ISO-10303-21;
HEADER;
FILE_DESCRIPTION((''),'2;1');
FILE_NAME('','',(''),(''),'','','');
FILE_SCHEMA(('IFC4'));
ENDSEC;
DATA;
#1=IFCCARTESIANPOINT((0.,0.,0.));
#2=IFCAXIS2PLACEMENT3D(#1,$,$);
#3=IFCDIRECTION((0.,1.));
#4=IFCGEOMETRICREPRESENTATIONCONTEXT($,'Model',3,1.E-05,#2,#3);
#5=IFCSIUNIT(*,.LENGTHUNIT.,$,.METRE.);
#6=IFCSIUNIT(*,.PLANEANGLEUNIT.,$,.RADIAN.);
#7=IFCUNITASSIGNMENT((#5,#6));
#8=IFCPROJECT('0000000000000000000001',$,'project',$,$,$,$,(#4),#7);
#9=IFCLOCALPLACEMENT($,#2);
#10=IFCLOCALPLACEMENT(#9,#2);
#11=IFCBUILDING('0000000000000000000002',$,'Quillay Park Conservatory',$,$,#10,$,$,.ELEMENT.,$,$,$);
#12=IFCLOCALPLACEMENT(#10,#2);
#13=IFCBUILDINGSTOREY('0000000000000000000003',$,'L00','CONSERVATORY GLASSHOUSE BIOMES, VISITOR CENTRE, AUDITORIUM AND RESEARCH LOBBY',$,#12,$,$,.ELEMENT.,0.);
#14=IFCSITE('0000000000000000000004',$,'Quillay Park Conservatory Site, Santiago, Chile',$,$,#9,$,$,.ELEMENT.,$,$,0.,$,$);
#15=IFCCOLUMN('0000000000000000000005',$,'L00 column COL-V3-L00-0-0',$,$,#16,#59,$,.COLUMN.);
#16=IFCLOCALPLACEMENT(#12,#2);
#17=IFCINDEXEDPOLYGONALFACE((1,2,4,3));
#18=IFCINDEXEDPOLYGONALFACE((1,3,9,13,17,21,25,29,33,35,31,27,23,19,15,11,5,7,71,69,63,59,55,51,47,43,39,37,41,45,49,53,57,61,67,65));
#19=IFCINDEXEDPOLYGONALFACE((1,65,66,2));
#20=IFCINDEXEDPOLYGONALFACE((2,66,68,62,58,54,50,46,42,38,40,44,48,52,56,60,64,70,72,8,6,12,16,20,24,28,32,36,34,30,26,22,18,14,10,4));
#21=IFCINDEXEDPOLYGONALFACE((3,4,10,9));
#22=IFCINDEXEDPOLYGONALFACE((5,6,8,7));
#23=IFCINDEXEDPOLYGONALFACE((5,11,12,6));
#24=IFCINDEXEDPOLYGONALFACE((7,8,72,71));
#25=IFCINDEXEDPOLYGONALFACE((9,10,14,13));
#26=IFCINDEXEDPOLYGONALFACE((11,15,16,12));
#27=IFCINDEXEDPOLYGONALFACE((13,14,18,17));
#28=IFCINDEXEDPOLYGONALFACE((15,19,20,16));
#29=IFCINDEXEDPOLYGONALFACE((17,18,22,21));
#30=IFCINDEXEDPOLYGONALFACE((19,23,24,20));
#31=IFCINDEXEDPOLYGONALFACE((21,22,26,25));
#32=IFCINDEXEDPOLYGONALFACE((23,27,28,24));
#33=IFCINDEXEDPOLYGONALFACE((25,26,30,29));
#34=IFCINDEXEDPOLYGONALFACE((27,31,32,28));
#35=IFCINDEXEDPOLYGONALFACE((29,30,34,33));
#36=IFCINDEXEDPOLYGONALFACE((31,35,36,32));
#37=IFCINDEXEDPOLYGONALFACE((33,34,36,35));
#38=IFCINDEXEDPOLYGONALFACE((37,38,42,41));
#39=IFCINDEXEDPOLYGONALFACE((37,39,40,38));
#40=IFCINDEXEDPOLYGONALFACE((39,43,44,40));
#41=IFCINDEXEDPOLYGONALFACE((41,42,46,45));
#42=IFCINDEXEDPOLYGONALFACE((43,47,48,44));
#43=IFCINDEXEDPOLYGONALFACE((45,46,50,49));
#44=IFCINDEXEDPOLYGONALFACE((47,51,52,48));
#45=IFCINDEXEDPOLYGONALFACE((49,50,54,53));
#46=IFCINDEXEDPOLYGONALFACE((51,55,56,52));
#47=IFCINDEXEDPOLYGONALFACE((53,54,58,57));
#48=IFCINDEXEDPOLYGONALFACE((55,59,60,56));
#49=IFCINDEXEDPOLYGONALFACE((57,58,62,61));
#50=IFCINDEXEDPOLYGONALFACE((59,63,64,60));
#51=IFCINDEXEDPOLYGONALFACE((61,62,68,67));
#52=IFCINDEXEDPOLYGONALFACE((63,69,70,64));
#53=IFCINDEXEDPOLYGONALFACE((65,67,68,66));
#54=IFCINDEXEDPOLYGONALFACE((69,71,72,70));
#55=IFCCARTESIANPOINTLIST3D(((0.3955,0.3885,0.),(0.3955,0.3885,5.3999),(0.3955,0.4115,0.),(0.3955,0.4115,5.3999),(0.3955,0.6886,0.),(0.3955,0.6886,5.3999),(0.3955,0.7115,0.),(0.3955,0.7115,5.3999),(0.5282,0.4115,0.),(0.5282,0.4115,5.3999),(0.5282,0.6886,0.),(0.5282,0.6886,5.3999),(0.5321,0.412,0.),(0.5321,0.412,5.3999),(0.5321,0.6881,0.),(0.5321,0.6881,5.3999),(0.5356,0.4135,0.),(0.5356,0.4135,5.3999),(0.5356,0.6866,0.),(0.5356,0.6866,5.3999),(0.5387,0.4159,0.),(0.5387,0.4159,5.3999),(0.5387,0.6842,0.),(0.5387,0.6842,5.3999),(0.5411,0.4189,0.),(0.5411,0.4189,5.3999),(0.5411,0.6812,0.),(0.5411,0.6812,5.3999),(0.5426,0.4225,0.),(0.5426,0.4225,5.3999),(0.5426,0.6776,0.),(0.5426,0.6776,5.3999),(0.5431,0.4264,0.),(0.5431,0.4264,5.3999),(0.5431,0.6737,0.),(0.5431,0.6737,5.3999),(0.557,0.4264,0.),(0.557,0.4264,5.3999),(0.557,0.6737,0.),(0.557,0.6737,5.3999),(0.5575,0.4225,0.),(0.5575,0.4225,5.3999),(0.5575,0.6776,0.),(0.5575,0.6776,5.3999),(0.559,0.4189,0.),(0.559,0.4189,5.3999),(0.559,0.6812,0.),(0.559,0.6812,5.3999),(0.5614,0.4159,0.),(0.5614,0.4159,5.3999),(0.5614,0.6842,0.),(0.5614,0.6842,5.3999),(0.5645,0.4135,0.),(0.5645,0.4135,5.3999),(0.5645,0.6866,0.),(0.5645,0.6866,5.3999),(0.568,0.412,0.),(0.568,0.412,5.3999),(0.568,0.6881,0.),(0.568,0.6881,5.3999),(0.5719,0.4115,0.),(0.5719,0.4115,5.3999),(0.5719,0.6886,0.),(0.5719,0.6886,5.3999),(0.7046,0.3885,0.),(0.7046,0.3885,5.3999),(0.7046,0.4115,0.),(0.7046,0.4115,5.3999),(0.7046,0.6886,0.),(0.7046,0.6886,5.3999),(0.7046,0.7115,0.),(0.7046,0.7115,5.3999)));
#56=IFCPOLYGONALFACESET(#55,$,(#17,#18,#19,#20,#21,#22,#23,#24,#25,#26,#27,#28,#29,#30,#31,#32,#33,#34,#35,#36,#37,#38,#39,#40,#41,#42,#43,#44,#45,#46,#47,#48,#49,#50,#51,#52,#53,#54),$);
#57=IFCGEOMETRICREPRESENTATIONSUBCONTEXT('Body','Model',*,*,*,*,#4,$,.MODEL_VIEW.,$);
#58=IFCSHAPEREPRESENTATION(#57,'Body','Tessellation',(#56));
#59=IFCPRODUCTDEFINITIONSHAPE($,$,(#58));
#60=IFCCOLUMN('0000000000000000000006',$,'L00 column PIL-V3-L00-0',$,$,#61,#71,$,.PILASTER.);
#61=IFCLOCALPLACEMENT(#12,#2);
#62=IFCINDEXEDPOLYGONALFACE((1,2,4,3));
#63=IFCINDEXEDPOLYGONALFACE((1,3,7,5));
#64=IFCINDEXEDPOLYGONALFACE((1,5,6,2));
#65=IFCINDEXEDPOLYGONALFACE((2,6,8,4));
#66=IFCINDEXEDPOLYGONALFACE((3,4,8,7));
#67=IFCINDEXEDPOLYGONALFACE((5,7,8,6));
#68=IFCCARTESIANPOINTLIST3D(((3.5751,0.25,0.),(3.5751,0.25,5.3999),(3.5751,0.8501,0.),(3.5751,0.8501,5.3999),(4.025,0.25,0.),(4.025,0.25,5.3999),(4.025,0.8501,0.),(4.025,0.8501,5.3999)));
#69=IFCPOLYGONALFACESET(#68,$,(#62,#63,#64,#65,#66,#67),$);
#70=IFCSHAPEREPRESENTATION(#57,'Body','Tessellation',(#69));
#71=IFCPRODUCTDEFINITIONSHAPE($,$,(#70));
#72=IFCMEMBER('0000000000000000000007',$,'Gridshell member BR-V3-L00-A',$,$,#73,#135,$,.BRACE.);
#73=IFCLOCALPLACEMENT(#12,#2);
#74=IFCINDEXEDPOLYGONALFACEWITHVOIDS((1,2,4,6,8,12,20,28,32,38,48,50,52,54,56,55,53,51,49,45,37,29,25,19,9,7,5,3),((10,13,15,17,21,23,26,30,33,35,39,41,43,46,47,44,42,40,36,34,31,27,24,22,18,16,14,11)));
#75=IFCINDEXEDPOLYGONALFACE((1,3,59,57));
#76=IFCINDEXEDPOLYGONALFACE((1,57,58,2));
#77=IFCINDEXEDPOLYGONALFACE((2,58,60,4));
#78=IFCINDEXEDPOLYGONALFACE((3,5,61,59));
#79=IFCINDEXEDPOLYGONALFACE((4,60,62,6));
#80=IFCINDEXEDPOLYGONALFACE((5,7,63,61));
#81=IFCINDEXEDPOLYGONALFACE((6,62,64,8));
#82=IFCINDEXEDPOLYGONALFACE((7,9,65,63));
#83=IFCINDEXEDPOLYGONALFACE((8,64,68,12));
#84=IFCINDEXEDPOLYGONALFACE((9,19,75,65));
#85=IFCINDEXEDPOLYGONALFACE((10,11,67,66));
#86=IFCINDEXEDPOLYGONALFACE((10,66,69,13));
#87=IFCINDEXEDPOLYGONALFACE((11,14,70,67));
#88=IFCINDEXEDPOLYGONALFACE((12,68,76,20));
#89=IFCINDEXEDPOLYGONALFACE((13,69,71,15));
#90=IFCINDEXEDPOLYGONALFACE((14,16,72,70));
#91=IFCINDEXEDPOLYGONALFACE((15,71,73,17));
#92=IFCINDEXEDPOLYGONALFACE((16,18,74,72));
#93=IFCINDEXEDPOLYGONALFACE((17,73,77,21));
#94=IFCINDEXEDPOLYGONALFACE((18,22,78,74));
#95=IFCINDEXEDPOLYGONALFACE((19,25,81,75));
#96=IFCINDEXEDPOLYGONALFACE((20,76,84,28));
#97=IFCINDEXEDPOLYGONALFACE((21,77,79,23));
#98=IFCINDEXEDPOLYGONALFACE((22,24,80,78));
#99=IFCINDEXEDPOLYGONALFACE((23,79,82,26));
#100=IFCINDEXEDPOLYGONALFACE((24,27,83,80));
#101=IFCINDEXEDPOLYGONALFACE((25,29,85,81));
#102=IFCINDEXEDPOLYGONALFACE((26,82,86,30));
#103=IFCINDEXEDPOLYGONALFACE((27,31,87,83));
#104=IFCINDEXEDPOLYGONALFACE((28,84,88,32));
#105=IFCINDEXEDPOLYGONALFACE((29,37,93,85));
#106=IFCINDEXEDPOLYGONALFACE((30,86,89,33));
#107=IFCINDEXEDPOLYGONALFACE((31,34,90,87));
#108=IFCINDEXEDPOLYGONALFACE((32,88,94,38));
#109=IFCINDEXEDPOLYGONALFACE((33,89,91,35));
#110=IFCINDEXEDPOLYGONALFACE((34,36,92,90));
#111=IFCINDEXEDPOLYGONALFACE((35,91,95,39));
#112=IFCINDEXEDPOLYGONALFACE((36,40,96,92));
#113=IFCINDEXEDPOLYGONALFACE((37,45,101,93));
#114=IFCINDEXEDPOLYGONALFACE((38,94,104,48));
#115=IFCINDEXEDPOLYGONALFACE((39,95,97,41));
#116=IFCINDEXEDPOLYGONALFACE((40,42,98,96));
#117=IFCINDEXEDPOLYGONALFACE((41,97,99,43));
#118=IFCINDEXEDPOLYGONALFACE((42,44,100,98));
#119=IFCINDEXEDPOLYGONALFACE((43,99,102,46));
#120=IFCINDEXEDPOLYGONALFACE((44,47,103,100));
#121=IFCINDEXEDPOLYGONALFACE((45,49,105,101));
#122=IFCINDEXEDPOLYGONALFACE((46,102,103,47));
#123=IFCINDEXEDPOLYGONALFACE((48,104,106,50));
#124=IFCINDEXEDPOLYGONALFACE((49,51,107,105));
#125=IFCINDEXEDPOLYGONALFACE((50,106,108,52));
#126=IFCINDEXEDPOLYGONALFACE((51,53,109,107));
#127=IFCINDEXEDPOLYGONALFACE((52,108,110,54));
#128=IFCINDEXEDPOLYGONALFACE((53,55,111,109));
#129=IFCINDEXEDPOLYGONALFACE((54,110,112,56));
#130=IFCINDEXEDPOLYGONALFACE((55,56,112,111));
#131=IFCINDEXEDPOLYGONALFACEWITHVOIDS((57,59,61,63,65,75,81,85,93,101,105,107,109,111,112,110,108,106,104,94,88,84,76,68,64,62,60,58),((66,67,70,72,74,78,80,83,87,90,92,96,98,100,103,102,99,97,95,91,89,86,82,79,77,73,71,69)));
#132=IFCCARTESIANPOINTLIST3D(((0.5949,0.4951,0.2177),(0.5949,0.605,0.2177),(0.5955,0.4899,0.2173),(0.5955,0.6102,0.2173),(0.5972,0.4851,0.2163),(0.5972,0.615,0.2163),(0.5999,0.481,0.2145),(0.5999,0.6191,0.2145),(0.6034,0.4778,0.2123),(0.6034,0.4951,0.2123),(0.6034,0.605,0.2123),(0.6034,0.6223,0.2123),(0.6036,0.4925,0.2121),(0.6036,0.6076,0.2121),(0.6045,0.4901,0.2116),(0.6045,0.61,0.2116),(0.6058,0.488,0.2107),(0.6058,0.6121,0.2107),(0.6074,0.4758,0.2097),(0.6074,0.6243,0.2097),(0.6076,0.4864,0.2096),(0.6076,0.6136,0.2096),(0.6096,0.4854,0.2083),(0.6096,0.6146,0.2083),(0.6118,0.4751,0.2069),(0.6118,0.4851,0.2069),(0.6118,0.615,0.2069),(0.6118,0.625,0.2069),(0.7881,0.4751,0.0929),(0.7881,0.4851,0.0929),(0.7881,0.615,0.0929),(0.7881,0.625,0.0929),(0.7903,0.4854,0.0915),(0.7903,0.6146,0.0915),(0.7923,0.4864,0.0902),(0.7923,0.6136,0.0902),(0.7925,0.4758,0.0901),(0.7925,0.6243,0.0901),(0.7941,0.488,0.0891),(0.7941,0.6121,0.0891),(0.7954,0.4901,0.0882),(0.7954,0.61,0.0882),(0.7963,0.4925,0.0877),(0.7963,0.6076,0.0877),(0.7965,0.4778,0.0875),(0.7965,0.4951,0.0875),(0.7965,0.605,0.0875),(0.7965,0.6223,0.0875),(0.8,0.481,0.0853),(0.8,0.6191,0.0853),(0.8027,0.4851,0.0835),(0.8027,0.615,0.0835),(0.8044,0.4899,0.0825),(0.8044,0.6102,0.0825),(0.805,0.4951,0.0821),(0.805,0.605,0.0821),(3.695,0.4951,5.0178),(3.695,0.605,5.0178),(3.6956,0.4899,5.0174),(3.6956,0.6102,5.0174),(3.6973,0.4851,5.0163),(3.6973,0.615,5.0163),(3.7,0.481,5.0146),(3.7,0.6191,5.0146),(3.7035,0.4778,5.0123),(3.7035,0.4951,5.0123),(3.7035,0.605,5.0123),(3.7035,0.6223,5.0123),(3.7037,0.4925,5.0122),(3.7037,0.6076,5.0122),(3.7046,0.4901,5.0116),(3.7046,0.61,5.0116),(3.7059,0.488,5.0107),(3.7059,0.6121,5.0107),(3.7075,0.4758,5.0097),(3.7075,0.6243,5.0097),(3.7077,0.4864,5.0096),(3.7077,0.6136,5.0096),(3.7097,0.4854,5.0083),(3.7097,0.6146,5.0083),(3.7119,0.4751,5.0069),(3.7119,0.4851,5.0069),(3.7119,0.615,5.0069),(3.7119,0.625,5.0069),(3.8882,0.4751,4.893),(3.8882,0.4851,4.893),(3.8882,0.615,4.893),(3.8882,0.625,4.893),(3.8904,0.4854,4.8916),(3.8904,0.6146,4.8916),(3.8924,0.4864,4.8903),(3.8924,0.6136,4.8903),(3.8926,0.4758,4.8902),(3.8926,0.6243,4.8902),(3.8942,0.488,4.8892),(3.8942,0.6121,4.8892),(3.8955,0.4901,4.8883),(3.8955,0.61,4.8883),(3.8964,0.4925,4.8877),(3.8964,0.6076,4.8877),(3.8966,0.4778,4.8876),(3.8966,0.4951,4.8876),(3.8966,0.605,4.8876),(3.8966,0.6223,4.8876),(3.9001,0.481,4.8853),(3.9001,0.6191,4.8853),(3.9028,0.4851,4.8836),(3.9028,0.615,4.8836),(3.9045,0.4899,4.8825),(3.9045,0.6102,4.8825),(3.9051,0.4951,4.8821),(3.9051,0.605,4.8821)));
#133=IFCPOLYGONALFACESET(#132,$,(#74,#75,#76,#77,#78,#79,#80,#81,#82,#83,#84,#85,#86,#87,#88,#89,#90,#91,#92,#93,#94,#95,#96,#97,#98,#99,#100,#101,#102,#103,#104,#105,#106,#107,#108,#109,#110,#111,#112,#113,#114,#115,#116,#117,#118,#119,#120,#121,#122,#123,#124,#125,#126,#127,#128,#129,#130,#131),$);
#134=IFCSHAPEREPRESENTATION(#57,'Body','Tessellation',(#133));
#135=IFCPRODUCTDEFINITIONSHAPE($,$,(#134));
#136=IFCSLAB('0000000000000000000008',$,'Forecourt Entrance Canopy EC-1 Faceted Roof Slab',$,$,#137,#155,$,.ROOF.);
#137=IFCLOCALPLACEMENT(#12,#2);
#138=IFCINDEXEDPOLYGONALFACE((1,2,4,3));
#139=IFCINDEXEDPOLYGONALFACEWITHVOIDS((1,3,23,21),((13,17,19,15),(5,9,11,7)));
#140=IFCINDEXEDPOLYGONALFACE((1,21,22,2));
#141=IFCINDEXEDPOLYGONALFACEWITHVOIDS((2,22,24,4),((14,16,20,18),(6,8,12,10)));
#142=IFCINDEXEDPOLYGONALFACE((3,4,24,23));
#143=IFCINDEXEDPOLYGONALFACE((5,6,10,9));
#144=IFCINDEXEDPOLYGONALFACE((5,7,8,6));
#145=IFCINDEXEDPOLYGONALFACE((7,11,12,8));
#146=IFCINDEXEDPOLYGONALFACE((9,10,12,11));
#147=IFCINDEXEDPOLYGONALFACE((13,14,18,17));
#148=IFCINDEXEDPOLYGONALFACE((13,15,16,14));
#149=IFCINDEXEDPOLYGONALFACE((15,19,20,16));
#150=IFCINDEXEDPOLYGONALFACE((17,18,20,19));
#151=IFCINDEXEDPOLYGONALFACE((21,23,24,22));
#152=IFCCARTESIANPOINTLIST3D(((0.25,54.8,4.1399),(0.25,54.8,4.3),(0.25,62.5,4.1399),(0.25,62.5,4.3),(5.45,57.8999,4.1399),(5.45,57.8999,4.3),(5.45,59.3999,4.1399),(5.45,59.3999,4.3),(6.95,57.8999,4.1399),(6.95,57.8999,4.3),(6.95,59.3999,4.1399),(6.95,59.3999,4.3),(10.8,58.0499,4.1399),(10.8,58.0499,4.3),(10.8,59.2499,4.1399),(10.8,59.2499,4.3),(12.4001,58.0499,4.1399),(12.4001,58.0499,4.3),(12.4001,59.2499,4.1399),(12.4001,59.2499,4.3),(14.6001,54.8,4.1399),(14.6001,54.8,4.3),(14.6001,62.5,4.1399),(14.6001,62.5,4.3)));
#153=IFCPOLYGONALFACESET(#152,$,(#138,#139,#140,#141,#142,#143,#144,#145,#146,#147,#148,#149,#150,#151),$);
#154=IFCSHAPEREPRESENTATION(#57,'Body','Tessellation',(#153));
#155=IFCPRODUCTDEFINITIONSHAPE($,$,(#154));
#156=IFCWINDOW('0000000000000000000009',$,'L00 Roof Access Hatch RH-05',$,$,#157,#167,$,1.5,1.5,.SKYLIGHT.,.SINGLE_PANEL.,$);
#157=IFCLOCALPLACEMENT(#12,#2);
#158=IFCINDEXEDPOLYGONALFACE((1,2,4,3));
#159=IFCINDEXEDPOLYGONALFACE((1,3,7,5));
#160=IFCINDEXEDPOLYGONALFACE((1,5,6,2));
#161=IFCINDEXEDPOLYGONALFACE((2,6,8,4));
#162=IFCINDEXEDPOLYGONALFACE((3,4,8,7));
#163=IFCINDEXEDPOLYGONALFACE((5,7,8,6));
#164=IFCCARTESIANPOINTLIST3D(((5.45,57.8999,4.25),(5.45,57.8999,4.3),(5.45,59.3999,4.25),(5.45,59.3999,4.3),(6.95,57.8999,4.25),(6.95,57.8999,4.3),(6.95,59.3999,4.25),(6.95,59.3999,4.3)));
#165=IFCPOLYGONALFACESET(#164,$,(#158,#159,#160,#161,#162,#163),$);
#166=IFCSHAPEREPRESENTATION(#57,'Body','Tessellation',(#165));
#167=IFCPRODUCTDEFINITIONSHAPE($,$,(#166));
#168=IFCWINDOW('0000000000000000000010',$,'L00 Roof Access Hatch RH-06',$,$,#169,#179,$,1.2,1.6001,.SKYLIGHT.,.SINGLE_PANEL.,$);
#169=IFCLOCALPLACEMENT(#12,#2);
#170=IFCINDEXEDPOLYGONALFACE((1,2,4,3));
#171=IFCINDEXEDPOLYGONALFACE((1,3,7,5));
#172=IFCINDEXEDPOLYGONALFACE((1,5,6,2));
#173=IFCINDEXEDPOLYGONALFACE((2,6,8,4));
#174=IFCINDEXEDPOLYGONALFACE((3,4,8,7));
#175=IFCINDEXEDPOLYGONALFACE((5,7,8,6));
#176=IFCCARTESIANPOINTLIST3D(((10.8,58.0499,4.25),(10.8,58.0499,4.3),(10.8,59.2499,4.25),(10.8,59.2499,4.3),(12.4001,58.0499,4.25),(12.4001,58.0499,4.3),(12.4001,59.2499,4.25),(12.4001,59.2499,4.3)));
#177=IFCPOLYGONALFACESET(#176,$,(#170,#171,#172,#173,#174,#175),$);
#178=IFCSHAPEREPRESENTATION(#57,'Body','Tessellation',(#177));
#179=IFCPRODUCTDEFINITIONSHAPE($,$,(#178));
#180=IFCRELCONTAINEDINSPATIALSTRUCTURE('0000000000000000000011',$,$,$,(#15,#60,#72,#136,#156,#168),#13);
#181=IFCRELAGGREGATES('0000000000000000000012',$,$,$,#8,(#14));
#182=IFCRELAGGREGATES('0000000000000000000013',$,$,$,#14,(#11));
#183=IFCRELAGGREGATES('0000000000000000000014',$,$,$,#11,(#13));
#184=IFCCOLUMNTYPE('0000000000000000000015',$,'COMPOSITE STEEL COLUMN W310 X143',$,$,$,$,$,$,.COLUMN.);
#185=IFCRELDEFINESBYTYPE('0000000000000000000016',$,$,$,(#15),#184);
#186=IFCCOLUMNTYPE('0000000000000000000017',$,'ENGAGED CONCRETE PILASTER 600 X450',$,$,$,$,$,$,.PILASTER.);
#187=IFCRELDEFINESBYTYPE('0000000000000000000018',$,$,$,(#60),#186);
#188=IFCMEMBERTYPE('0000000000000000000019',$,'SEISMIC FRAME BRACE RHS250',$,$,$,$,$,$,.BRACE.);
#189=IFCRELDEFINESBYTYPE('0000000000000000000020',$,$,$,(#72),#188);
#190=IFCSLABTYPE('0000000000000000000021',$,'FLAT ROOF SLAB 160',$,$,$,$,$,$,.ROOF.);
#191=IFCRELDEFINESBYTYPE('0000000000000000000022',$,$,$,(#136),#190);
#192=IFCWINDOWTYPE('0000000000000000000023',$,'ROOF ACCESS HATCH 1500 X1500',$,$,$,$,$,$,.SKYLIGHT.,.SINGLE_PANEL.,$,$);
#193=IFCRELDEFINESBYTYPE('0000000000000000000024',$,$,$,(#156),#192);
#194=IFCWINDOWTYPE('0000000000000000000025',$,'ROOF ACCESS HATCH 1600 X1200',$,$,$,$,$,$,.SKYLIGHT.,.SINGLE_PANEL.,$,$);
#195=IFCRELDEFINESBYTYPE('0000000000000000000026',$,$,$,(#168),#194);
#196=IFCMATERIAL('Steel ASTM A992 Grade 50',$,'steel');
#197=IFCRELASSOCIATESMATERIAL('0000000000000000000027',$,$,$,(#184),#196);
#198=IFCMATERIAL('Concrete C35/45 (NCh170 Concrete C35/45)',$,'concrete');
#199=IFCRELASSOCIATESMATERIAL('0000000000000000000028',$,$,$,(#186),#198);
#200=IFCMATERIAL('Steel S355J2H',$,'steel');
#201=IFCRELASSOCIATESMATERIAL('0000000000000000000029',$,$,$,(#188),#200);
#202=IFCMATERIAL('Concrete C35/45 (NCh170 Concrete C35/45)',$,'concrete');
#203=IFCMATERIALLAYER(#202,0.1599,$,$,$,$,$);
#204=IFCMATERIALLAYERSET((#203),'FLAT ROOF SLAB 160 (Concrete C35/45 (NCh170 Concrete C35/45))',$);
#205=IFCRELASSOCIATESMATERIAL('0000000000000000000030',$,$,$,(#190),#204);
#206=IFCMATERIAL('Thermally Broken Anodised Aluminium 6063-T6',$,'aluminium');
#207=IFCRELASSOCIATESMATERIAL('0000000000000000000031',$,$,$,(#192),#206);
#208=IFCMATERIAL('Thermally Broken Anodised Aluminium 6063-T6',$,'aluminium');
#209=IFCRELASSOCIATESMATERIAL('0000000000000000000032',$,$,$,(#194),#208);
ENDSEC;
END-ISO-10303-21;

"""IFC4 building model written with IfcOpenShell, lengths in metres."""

from ifc_helpers import new_model, si_unit, direction, frame, origin, origin_2d, place, context, subcontext, project, spatial, polyline, rectangle, hollow_rectangle, i_section, outline, extrude, material, layer, layer_set, material_profile, profile_set, type_object, element, fill, save


model = new_model("IFC4")

# Units and contexts
model_context = context("Model", 3, precision=1e-05, world=origin(), true_north=direction((0.0, 1.0)))
body_context = subcontext(model_context, "Body", "Model", "MODEL_VIEW")
ifc_project = project(units=[si_unit("LENGTHUNIT", "METRE"), si_unit("PLANEANGLEUNIT", "RADIAN")], contexts=[model_context])

# Site, building, storey
site_placement = place(None, origin())
site = spatial("IfcSite", under=ifc_project, at=site_placement, Name="Quillay Park Conservatory Site, Santiago, Chile", CompositionType="ELEMENT", RefElevation=0.0)
building_placement = place(site_placement, origin())
building = spatial("IfcBuilding", under=site, at=building_placement, Name="Quillay Park Conservatory", CompositionType="ELEMENT")
storey_placement = place(building_placement, origin())
storey = spatial("IfcBuildingStorey", under=building, at=storey_placement, Name="L00", Description="CONSERVATORY GLASSHOUSE BIOMES, VISITOR CENTRE, AUDITORIUM AND RESEARCH LOBBY", CompositionType="ELEMENT", Elevation=0.0)

# Columns
ifc_material_1 = material(Name="Steel ASTM A992 Grade 50", Category="steel")
ifc_material_profile_1 = material_profile(ifc_material_1, i_section(OverallWidth=0.3091, OverallDepth=0.323, WebThickness=0.0139, FlangeThickness=0.0229, FilletRadius=0.0149, at=origin_2d()), Name="W310x143")
ifc_profile_set_1 = profile_set([ifc_material_profile_1], Name="Steel ASTM A992 Grade 50")
column_type_1 = type_object("IfcColumnType", Name="COMPOSITE STEEL COLUMN W310 X143", PredefinedType="COLUMN", material=ifc_profile_set_1)
column_1_placement = place(storey_placement, frame((0.55, 0.55, 0.0), z_axis=(0.0, 0.0, 1.0), x_axis=(1.0, 0.0, 0.0)))
element("IfcColumn", 1, at=column_1_placement, inside=storey, type_object=column_type_1, Name="L00 column COL-V3-L00-0-0", PredefinedType="COLUMN", context=body_context, shape_type="SweptSolid", body=[
    extrude(i_section(OverallWidth=0.3091, OverallDepth=0.323, WebThickness=0.0139, FlangeThickness=0.0229, FilletRadius=0.0149, at=origin_2d()), origin(), (0.0, 0.0, 1.0), 5.3999),
])
ifc_material_2 = material(Name="Concrete C35/45 (NCh170 Concrete C35/45)", Category="concrete")
ifc_material_profile_2 = material_profile(ifc_material_2, rectangle(XDim=0.45, YDim=0.6001, at=origin_2d()), Name="RC600x450")
ifc_profile_set_2 = profile_set([ifc_material_profile_2], Name="Concrete C35/45 (NCh170 Concrete C35/45)")
column_type_2 = type_object("IfcColumnType", Name="ENGAGED CONCRETE PILASTER 600 X450", PredefinedType="PILASTER", material=ifc_profile_set_2)
column_2_placement = place(storey_placement, frame((3.8, 0.55, 0.0), z_axis=(0.0, 0.0, 1.0), x_axis=(1.0, 0.0, 0.0)))
element("IfcColumn", 2, at=column_2_placement, inside=storey, type_object=column_type_2, Name="L00 column PIL-V3-L00-0", PredefinedType="PILASTER", context=body_context, shape_type="SweptSolid", body=[
    extrude(rectangle(XDim=0.45, YDim=0.6001, at=origin_2d()), origin(), (0.0, 0.0, 1.0), 5.3999),
])

# Member
ifc_material_3 = material(Name="Steel S355J2H", Category="steel")
ifc_material_profile_3 = material_profile(ifc_material_3, hollow_rectangle(XDim=0.1499, YDim=0.25, WallThickness=0.01, InnerFilletRadius=0.01, OuterFilletRadius=0.02, at=origin_2d()), Name="RHS250x150x10")
ifc_profile_set_3 = profile_set([ifc_material_profile_3], Name="Steel S355J2H")
member_type = type_object("IfcMemberType", Name="SEISMIC FRAME BRACE RHS250", PredefinedType="BRACE", material=ifc_profile_set_3)
member_placement = place(storey_placement, frame((0.7, 0.55, 0.1499), z_axis=(0.542534, 0.0, 0.840034), x_axis=(0.0, 1.0, 0.0)))
element("IfcMember", 3, at=member_placement, inside=storey, type_object=member_type, Name="Gridshell member BR-V3-L00-A", PredefinedType="BRACE", context=body_context, shape_type="SweptSolid", body=[
    extrude(hollow_rectangle(XDim=0.1499, YDim=0.25, WallThickness=0.01, InnerFilletRadius=0.01, OuterFilletRadius=0.02, at=origin_2d()), origin(), (0.0, 0.0, 1.0), 5.7141),
])

# Slab, openings, windows
ifc_material_4 = material(Name="Concrete C35/45 (NCh170 Concrete C35/45)", Category="concrete")
ifc_layer_1 = layer(ifc_material_4, 0.1599)
ifc_layer_set_1 = layer_set([ifc_layer_1], Name="FLAT ROOF SLAB 160 (Concrete C35/45 (NCh170 Concrete C35/45))")
slab_type_1 = type_object("IfcSlabType", Name="FLAT ROOF SLAB 160", PredefinedType="ROOF", material=ifc_layer_set_1)
slab_1_placement = place(storey_placement, frame((0.0, 0.0, 4.1399)))
slab_1 = element("IfcSlab", 4, at=slab_1_placement, inside=storey, type_object=slab_type_1, Name="Forecourt Entrance Canopy EC-1 Faceted Roof Slab", PredefinedType="ROOF", context=body_context, shape_type="SweptSolid", body=[
    extrude(outline(polyline([(0.25, 54.8), (14.6001, 54.8), (14.6001, 62.5), (0.25, 62.5), (0.25, 54.8)])), origin(), (0.0, 0.0, 1.0), 0.1602),
])
opening_1_placement = place(slab_1_placement, frame((6.2, 58.6499, 0.0)))
opening_1 = element("IfcOpeningElement", 5, at=opening_1_placement, cuts=slab_1, PredefinedType="OPENING", context=body_context, shape_type="SweptSolid", body=[
    extrude(rectangle(XDim=1.5, YDim=1.5, at=origin_2d()), origin(), (0.0, 0.0, 1.0), 0.1602),
])
opening_2_placement = place(slab_1_placement, frame((11.6001, 58.6499, 0.0)))
opening_2 = element("IfcOpeningElement", 6, at=opening_2_placement, cuts=slab_1, PredefinedType="OPENING", context=body_context, shape_type="SweptSolid", body=[
    extrude(rectangle(XDim=1.6001, YDim=1.2, at=origin_2d()), origin(), (0.0, 0.0, 1.0), 0.1602),
])
ifc_material_5 = material(Name="Thermally Broken Anodised Aluminium 6063-T6", Category="aluminium")
window_type_1 = type_object("IfcWindowType", Name="ROOF ACCESS HATCH 1500 X1500", PartitioningType="SINGLE_PANEL", PredefinedType="SKYLIGHT", material=ifc_material_5)
window_1_placement = place(opening_1_placement, frame((0.0, 0.0, 0.1101)))
window_1 = element("IfcWindow", 7, at=window_1_placement, inside=storey, type_object=window_type_1, Name="L00 Roof Access Hatch RH-05", OverallHeight=1.5, OverallWidth=1.5, PartitioningType="SINGLE_PANEL", PredefinedType="SKYLIGHT", context=body_context, shape_type="SweptSolid", body=[
    extrude(rectangle(XDim=1.5, YDim=1.5, at=origin_2d()), origin(), (0.0, 0.0, 1.0), 0.05),
])
fill(opening_1, window_1)
ifc_material_6 = material(Name="Thermally Broken Anodised Aluminium 6063-T6", Category="aluminium")
window_type_2 = type_object("IfcWindowType", Name="ROOF ACCESS HATCH 1600 X1200", PartitioningType="SINGLE_PANEL", PredefinedType="SKYLIGHT", material=ifc_material_6)
window_2_placement = place(opening_2_placement, frame((0.0, 0.0, 0.1101)))
window_2 = element("IfcWindow", 8, at=window_2_placement, inside=storey, type_object=window_type_2, Name="L00 Roof Access Hatch RH-06", OverallHeight=1.2, OverallWidth=1.6001, PartitioningType="SINGLE_PANEL", PredefinedType="SKYLIGHT", context=body_context, shape_type="SweptSolid", body=[
    extrude(rectangle(XDim=1.6001, YDim=1.2, at=origin_2d()), origin(), (0.0, 0.0, 1.0), 0.05),
])
fill(opening_2, window_2)

save(model, "model.ifc")
